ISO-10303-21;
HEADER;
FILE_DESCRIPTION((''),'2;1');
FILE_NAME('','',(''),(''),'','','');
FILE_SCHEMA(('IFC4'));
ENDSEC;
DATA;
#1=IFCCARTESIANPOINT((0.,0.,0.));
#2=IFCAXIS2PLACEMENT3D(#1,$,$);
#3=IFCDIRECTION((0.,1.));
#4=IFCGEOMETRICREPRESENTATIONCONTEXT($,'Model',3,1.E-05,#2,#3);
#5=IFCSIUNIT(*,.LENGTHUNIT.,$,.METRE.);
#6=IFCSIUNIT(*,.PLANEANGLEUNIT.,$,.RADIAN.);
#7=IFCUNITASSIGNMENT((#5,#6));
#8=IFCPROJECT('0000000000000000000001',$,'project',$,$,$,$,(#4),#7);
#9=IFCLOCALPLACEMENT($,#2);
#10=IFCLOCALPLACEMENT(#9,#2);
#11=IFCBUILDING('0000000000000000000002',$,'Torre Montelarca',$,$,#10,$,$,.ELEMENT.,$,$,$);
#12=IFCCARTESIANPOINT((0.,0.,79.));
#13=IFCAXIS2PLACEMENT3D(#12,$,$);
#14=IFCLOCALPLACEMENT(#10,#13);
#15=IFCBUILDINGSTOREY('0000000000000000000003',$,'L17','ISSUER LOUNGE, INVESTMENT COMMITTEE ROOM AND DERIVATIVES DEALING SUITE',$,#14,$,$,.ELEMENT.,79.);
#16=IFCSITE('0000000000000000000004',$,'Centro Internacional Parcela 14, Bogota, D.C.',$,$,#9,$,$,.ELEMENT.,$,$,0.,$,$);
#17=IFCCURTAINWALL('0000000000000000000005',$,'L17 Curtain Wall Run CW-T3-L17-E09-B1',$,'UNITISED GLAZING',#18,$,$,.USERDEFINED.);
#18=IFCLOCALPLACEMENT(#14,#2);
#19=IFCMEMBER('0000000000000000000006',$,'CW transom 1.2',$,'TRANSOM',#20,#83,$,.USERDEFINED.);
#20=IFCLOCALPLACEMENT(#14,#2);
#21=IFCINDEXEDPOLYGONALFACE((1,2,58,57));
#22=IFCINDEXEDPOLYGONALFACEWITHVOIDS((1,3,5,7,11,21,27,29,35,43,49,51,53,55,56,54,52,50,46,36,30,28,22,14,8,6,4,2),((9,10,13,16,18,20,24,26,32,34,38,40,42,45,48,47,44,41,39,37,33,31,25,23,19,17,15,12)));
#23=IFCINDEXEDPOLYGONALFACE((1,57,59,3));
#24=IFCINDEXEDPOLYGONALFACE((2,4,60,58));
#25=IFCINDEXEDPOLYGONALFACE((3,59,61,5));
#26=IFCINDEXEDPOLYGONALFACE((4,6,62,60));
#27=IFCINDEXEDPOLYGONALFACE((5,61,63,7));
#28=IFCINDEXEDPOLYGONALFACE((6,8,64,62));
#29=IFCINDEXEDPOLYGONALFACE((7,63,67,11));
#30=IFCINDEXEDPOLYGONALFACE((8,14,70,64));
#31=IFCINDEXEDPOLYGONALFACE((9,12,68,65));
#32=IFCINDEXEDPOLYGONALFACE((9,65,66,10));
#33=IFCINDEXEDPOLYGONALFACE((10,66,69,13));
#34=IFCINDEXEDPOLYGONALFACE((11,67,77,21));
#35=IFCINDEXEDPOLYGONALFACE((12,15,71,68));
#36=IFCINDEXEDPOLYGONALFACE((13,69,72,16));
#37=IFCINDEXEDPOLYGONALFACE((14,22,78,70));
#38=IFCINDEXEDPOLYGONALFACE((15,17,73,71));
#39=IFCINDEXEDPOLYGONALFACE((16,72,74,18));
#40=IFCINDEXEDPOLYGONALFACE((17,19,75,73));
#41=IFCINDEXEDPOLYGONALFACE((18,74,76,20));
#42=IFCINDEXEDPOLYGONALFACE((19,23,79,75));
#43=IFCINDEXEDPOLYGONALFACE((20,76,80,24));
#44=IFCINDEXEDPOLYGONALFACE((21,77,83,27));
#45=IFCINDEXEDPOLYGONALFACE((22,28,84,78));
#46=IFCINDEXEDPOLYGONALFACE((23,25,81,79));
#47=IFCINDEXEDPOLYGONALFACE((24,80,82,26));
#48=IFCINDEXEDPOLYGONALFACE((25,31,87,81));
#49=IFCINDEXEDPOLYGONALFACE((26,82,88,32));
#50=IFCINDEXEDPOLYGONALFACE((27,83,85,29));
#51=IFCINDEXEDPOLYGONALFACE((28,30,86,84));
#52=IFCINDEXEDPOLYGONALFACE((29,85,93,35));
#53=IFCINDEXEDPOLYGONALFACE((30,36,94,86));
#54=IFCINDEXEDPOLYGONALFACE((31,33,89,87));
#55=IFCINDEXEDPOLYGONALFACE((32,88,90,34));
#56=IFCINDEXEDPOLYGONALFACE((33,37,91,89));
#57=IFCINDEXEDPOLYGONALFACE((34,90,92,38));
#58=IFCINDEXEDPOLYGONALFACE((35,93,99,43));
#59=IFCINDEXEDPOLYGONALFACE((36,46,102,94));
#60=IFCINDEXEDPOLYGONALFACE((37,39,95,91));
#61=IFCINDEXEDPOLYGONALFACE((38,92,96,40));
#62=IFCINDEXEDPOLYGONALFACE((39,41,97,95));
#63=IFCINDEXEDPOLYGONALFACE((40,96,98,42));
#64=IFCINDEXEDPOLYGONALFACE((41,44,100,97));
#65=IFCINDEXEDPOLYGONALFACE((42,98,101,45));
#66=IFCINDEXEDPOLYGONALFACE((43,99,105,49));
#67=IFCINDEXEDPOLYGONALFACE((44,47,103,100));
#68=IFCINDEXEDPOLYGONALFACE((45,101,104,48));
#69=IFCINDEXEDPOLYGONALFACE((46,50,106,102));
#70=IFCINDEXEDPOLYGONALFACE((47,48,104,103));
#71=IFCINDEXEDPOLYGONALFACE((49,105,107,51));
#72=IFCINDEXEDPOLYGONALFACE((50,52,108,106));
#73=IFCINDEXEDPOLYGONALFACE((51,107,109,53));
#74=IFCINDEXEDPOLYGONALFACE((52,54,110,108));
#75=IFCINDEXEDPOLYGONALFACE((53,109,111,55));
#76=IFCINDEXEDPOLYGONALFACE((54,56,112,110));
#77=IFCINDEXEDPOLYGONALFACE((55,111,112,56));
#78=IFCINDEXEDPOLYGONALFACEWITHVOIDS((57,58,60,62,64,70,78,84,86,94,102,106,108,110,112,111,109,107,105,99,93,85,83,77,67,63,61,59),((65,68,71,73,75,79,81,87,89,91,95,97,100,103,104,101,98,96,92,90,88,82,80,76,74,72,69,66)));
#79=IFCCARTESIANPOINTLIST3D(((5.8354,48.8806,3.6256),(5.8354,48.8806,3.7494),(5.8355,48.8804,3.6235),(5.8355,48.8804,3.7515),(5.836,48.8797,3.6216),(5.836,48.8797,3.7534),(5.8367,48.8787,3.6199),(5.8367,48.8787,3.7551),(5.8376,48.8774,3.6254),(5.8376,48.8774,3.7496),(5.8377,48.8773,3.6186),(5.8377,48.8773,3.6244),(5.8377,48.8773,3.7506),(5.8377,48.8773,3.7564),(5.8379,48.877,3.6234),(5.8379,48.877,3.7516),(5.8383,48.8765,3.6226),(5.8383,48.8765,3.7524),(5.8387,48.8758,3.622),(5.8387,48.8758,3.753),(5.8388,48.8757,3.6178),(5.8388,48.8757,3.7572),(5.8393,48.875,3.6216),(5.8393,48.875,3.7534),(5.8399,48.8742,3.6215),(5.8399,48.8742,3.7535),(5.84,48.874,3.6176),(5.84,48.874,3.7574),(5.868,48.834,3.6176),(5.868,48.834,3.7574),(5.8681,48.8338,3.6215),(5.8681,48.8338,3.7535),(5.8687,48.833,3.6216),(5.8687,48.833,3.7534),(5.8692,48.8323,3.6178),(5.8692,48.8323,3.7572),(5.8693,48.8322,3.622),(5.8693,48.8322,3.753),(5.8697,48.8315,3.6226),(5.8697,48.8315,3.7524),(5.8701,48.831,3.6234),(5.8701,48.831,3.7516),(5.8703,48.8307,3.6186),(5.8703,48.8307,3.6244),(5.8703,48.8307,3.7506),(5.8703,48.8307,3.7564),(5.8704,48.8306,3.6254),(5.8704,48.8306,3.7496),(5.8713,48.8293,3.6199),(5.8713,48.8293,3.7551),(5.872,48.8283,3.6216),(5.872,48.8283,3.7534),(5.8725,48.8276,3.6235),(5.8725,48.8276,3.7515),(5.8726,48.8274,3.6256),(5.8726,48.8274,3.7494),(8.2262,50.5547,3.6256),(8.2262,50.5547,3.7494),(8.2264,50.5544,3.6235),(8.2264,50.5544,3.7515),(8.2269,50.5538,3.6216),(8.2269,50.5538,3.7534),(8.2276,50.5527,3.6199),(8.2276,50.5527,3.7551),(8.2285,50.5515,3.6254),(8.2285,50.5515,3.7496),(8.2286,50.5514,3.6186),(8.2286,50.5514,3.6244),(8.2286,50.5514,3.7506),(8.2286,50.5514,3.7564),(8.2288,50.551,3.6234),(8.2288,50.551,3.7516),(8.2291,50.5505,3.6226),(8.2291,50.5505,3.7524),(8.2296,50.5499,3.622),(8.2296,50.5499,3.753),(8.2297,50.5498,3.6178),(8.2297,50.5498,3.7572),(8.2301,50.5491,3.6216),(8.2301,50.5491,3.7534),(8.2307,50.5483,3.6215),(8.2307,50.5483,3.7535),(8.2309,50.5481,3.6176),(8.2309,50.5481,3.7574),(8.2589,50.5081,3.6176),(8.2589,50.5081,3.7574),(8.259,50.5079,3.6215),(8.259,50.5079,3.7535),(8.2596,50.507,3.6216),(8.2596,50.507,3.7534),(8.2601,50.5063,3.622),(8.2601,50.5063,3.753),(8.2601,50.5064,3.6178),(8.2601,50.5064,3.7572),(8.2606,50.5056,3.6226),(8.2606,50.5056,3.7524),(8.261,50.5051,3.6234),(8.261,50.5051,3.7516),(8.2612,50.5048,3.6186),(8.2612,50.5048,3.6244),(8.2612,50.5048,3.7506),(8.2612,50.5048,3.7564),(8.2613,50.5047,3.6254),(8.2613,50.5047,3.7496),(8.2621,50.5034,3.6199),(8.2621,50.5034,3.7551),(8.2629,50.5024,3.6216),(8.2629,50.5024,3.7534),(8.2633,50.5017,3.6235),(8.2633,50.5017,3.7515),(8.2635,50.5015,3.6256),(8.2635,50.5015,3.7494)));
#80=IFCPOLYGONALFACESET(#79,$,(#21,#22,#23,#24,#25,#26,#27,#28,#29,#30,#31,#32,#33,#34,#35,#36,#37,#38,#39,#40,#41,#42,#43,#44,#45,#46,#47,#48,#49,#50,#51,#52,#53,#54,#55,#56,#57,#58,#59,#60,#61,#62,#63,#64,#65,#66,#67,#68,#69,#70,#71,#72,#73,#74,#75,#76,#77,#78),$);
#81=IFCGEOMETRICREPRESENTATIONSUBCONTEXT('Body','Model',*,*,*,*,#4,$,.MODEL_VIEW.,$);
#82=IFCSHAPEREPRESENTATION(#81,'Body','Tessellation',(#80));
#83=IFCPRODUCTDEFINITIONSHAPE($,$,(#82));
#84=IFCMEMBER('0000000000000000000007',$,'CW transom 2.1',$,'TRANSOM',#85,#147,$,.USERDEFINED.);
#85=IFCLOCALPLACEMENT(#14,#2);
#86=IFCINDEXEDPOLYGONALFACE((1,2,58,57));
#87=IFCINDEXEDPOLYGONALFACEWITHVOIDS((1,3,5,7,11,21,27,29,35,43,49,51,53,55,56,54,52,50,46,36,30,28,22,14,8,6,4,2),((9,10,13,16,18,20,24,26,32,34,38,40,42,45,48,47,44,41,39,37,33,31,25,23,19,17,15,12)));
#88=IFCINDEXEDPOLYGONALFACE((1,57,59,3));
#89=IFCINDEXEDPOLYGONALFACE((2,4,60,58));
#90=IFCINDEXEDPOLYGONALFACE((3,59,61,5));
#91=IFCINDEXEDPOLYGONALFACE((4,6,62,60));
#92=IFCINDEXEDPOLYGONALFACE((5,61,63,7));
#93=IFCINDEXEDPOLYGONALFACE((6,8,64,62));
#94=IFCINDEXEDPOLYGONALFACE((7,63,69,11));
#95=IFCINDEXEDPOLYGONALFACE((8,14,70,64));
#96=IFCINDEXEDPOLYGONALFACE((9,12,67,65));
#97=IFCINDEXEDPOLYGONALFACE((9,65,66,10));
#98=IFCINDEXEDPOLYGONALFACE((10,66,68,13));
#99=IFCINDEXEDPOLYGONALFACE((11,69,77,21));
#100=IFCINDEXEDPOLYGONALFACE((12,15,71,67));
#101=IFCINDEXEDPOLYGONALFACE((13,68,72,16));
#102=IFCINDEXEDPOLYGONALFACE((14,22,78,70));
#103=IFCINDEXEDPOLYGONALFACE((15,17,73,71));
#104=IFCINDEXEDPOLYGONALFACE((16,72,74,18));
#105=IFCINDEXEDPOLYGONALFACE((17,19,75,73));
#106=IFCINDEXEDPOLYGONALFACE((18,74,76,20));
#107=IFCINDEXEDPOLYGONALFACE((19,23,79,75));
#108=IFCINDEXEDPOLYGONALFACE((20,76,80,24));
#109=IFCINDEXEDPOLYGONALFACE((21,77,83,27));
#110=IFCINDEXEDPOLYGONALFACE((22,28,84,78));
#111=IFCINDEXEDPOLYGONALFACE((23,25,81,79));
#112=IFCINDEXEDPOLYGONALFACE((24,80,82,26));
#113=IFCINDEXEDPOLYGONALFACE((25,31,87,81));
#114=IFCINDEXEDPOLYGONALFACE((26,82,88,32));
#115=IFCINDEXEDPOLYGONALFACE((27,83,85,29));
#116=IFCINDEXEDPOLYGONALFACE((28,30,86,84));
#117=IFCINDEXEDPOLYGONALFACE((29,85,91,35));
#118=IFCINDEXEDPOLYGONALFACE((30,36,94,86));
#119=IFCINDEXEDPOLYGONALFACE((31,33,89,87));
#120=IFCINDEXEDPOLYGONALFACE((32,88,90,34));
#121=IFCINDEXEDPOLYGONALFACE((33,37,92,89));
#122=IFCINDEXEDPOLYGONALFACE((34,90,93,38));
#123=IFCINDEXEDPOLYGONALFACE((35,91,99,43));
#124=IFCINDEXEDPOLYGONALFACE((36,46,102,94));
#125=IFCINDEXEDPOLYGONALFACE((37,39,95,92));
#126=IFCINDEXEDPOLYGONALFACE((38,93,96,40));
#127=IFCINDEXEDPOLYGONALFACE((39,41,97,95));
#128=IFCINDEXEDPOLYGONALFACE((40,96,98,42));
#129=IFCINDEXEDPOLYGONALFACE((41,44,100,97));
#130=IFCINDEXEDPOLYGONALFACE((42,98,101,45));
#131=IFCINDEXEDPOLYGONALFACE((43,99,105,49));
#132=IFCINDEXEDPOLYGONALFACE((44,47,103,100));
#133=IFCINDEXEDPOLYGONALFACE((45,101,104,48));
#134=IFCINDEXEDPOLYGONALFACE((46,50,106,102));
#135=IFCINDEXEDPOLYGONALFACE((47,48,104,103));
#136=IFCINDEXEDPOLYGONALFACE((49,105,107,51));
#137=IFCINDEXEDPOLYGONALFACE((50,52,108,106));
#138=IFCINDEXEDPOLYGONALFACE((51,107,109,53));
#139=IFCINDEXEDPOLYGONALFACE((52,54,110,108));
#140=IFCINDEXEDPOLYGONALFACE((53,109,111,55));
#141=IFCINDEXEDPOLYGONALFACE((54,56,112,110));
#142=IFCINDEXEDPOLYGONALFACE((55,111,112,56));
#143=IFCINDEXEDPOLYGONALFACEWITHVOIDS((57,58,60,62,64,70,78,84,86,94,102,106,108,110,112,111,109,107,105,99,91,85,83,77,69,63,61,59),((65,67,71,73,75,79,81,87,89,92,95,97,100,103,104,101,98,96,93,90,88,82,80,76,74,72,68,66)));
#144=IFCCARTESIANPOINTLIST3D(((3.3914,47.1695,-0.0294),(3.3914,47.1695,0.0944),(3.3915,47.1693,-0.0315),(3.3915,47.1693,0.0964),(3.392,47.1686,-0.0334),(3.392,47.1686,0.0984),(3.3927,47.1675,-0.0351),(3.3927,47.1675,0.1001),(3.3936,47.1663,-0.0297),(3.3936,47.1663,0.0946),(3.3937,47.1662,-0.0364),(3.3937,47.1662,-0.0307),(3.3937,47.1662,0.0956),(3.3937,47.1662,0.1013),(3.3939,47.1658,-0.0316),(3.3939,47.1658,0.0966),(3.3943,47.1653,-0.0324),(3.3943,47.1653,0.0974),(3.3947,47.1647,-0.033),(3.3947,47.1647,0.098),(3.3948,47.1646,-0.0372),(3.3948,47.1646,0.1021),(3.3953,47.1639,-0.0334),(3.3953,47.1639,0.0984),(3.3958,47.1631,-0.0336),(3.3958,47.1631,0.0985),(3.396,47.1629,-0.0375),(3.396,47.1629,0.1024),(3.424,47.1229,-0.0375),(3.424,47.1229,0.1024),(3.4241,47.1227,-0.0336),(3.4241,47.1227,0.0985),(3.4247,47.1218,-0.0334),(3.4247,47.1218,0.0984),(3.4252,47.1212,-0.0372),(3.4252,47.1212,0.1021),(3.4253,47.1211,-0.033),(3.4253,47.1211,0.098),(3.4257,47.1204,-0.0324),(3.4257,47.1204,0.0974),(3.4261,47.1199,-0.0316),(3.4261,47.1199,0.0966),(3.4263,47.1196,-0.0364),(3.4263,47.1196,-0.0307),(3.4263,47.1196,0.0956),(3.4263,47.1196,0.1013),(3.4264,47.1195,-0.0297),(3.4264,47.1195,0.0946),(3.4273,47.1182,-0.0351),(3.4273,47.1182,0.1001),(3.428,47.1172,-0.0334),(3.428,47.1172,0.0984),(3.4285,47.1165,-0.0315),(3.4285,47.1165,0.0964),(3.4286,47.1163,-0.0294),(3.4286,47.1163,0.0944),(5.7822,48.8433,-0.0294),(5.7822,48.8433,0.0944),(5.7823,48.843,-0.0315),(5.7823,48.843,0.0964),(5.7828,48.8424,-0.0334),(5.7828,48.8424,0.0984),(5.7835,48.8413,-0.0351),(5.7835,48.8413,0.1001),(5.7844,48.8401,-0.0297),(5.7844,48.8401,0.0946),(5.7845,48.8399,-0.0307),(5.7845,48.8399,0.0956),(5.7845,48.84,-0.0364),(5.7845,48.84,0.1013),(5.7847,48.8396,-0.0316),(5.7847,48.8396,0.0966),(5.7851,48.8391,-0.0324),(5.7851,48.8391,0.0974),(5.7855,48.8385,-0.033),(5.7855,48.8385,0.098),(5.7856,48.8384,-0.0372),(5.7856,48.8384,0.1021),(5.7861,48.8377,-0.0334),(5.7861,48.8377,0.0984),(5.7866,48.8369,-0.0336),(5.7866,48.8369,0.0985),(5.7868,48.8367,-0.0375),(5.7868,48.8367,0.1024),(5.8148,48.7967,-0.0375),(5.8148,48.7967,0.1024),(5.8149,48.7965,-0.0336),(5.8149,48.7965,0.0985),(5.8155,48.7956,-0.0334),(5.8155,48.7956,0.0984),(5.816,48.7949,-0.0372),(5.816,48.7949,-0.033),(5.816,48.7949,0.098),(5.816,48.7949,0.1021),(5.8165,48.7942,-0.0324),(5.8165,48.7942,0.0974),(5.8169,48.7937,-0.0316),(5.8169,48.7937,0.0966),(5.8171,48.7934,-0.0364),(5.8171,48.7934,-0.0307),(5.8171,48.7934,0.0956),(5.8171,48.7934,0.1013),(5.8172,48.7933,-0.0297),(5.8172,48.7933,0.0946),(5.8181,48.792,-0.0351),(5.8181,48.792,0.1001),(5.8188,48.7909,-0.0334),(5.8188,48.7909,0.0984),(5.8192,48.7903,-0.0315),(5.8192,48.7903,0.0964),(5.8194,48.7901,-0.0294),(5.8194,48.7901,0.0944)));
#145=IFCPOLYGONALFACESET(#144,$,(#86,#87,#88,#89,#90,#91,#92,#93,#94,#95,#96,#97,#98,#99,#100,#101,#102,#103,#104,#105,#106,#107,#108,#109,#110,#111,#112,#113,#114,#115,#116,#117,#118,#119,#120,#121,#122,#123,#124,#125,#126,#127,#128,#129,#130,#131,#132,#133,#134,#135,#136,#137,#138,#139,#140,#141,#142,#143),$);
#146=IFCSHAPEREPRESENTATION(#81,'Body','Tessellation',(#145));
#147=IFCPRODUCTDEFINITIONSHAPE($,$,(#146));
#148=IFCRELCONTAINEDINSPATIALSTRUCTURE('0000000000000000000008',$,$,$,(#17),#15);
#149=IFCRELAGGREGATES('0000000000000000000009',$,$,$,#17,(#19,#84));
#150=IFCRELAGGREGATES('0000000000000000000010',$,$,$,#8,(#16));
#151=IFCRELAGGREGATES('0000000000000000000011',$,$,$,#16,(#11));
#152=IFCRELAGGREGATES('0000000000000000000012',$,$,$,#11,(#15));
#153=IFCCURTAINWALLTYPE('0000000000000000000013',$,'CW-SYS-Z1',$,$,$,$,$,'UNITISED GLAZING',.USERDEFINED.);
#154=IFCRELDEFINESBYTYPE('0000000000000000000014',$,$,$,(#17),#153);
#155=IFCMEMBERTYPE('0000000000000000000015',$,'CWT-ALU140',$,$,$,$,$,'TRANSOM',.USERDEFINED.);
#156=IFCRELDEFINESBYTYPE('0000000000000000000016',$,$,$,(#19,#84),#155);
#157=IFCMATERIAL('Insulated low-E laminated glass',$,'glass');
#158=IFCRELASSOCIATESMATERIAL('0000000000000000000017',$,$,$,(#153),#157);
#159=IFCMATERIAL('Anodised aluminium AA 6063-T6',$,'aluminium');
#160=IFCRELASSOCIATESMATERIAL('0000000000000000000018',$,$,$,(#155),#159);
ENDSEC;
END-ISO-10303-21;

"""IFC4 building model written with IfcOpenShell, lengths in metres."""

from ifc_helpers import new_model, si_unit, direction, frame, origin, origin_2d, place, context, subcontext, project, spatial, hollow_rectangle, extrude, source, transform, mapped, material, material_profile, profile_set, type_object, element, aggregate, save


model = new_model("IFC4")

# Units and contexts
model_context = context("Model", 3, precision=1e-05, world=origin(), true_north=direction((0.0, 1.0)))
body_context = subcontext(model_context, "Body", "Model", "MODEL_VIEW")
ifc_project = project(units=[si_unit("LENGTHUNIT", "METRE"), si_unit("PLANEANGLEUNIT", "RADIAN")], contexts=[model_context])

# Site, building, storey
site_placement = place(None, origin())
site = spatial("IfcSite", under=ifc_project, at=site_placement, Name="Centro Internacional Parcela 14, Bogota, D.C.", CompositionType="ELEMENT", RefElevation=0.0)
building_placement = place(site_placement, origin())
building = spatial("IfcBuilding", under=site, at=building_placement, Name="Torre Montelarca", CompositionType="ELEMENT")
storey_placement = place(building_placement, frame((0.0, 0.0, 79.0)))
storey = spatial("IfcBuildingStorey", under=building, at=storey_placement, Name="L17", Description="ISSUER LOUNGE, INVESTMENT COMMITTEE ROOM AND DERIVATIVES DEALING SUITE", CompositionType="ELEMENT", Elevation=79.0)

# Curtain wall, members
ifc_material_1 = material(Name="Insulated low-E laminated glass", Category="glass")
curtain_wall_type = type_object("IfcCurtainWallType", Name="CW-SYS-Z1", ElementType="UNITISED GLAZING", PredefinedType="USERDEFINED", material=ifc_material_1)
curtain_wall_1_placement = place(storey_placement, origin())
curtain_wall_1 = element("IfcCurtainWall", 1, at=curtain_wall_1_placement, inside=storey, type_object=curtain_wall_type, Name="L17 Curtain Wall Run CW-T3-L17-E09-B1", ObjectType="UNITISED GLAZING", PredefinedType="USERDEFINED")
ifc_material_2 = material(Name="Anodised aluminium AA 6063-T6", Category="aluminium")
ifc_material_profile_1 = material_profile(ifc_material_2, hollow_rectangle(XDim=0.0649, YDim=0.1399, WallThickness=0.0039, InnerFilletRadius=0.0039, OuterFilletRadius=0.0081, at=origin_2d()), Name="ALU65X140X4", Category="aluminium")
ifc_profile_set_1 = profile_set([ifc_material_profile_1], Name="Anodised aluminium AA 6063-T6")
member_type_1 = type_object("IfcMemberType", Name="CWT-ALU140", ElementType="TRANSOM", PredefinedType="USERDEFINED", material=ifc_profile_set_1)
shared_shape_1 = source(origin(), body_context, "Body", "SweptSolid", [
    extrude(hollow_rectangle(XDim=0.0649, YDim=0.1399, WallThickness=0.0039, InnerFilletRadius=0.0039, OuterFilletRadius=0.0081, at=origin_2d()), origin(), (0.0, 0.0, 1.0), 2.9187),
])
member_1_placement = place(storey_placement, frame((8.2449, 50.5281, 3.6875), z_axis=(-0.819157, -0.573569, 0.0), x_axis=(0.573569, -0.819157, 0.0)))
member_1 = element("IfcMember", 2, at=member_1_placement, type_object=member_type_1, Name="CW transom 1.2", ObjectType="TRANSOM", PredefinedType="USERDEFINED", context=body_context, shape_type="MappedRepresentation", body=[
    mapped(shared_shape_1, transform((0.0, 0.0, 0.0), scale=1.0)),
])
shared_shape_2 = source(origin(), body_context, "Body", "SweptSolid", [
    extrude(hollow_rectangle(XDim=0.0649, YDim=0.1399, WallThickness=0.0039, InnerFilletRadius=0.0039, OuterFilletRadius=0.0081, at=origin_2d()), origin(), (0.0, 0.0, 1.0), 2.9185),
])
member_2_placement = place(storey_placement, frame((5.8008, 48.8167, 0.0325), z_axis=(-0.819197, -0.573513, 0.0), x_axis=(0.573513, -0.819197, 0.0)))
member_2 = element("IfcMember", 3, at=member_2_placement, type_object=member_type_1, Name="CW transom 2.1", ObjectType="TRANSOM", PredefinedType="USERDEFINED", context=body_context, shape_type="MappedRepresentation", body=[
    mapped(shared_shape_2, transform((0.0, 0.0, 0.0), scale=1.0)),
])

aggregate(curtain_wall_1, [member_1, member_2])

save(model, "model.ifc")
